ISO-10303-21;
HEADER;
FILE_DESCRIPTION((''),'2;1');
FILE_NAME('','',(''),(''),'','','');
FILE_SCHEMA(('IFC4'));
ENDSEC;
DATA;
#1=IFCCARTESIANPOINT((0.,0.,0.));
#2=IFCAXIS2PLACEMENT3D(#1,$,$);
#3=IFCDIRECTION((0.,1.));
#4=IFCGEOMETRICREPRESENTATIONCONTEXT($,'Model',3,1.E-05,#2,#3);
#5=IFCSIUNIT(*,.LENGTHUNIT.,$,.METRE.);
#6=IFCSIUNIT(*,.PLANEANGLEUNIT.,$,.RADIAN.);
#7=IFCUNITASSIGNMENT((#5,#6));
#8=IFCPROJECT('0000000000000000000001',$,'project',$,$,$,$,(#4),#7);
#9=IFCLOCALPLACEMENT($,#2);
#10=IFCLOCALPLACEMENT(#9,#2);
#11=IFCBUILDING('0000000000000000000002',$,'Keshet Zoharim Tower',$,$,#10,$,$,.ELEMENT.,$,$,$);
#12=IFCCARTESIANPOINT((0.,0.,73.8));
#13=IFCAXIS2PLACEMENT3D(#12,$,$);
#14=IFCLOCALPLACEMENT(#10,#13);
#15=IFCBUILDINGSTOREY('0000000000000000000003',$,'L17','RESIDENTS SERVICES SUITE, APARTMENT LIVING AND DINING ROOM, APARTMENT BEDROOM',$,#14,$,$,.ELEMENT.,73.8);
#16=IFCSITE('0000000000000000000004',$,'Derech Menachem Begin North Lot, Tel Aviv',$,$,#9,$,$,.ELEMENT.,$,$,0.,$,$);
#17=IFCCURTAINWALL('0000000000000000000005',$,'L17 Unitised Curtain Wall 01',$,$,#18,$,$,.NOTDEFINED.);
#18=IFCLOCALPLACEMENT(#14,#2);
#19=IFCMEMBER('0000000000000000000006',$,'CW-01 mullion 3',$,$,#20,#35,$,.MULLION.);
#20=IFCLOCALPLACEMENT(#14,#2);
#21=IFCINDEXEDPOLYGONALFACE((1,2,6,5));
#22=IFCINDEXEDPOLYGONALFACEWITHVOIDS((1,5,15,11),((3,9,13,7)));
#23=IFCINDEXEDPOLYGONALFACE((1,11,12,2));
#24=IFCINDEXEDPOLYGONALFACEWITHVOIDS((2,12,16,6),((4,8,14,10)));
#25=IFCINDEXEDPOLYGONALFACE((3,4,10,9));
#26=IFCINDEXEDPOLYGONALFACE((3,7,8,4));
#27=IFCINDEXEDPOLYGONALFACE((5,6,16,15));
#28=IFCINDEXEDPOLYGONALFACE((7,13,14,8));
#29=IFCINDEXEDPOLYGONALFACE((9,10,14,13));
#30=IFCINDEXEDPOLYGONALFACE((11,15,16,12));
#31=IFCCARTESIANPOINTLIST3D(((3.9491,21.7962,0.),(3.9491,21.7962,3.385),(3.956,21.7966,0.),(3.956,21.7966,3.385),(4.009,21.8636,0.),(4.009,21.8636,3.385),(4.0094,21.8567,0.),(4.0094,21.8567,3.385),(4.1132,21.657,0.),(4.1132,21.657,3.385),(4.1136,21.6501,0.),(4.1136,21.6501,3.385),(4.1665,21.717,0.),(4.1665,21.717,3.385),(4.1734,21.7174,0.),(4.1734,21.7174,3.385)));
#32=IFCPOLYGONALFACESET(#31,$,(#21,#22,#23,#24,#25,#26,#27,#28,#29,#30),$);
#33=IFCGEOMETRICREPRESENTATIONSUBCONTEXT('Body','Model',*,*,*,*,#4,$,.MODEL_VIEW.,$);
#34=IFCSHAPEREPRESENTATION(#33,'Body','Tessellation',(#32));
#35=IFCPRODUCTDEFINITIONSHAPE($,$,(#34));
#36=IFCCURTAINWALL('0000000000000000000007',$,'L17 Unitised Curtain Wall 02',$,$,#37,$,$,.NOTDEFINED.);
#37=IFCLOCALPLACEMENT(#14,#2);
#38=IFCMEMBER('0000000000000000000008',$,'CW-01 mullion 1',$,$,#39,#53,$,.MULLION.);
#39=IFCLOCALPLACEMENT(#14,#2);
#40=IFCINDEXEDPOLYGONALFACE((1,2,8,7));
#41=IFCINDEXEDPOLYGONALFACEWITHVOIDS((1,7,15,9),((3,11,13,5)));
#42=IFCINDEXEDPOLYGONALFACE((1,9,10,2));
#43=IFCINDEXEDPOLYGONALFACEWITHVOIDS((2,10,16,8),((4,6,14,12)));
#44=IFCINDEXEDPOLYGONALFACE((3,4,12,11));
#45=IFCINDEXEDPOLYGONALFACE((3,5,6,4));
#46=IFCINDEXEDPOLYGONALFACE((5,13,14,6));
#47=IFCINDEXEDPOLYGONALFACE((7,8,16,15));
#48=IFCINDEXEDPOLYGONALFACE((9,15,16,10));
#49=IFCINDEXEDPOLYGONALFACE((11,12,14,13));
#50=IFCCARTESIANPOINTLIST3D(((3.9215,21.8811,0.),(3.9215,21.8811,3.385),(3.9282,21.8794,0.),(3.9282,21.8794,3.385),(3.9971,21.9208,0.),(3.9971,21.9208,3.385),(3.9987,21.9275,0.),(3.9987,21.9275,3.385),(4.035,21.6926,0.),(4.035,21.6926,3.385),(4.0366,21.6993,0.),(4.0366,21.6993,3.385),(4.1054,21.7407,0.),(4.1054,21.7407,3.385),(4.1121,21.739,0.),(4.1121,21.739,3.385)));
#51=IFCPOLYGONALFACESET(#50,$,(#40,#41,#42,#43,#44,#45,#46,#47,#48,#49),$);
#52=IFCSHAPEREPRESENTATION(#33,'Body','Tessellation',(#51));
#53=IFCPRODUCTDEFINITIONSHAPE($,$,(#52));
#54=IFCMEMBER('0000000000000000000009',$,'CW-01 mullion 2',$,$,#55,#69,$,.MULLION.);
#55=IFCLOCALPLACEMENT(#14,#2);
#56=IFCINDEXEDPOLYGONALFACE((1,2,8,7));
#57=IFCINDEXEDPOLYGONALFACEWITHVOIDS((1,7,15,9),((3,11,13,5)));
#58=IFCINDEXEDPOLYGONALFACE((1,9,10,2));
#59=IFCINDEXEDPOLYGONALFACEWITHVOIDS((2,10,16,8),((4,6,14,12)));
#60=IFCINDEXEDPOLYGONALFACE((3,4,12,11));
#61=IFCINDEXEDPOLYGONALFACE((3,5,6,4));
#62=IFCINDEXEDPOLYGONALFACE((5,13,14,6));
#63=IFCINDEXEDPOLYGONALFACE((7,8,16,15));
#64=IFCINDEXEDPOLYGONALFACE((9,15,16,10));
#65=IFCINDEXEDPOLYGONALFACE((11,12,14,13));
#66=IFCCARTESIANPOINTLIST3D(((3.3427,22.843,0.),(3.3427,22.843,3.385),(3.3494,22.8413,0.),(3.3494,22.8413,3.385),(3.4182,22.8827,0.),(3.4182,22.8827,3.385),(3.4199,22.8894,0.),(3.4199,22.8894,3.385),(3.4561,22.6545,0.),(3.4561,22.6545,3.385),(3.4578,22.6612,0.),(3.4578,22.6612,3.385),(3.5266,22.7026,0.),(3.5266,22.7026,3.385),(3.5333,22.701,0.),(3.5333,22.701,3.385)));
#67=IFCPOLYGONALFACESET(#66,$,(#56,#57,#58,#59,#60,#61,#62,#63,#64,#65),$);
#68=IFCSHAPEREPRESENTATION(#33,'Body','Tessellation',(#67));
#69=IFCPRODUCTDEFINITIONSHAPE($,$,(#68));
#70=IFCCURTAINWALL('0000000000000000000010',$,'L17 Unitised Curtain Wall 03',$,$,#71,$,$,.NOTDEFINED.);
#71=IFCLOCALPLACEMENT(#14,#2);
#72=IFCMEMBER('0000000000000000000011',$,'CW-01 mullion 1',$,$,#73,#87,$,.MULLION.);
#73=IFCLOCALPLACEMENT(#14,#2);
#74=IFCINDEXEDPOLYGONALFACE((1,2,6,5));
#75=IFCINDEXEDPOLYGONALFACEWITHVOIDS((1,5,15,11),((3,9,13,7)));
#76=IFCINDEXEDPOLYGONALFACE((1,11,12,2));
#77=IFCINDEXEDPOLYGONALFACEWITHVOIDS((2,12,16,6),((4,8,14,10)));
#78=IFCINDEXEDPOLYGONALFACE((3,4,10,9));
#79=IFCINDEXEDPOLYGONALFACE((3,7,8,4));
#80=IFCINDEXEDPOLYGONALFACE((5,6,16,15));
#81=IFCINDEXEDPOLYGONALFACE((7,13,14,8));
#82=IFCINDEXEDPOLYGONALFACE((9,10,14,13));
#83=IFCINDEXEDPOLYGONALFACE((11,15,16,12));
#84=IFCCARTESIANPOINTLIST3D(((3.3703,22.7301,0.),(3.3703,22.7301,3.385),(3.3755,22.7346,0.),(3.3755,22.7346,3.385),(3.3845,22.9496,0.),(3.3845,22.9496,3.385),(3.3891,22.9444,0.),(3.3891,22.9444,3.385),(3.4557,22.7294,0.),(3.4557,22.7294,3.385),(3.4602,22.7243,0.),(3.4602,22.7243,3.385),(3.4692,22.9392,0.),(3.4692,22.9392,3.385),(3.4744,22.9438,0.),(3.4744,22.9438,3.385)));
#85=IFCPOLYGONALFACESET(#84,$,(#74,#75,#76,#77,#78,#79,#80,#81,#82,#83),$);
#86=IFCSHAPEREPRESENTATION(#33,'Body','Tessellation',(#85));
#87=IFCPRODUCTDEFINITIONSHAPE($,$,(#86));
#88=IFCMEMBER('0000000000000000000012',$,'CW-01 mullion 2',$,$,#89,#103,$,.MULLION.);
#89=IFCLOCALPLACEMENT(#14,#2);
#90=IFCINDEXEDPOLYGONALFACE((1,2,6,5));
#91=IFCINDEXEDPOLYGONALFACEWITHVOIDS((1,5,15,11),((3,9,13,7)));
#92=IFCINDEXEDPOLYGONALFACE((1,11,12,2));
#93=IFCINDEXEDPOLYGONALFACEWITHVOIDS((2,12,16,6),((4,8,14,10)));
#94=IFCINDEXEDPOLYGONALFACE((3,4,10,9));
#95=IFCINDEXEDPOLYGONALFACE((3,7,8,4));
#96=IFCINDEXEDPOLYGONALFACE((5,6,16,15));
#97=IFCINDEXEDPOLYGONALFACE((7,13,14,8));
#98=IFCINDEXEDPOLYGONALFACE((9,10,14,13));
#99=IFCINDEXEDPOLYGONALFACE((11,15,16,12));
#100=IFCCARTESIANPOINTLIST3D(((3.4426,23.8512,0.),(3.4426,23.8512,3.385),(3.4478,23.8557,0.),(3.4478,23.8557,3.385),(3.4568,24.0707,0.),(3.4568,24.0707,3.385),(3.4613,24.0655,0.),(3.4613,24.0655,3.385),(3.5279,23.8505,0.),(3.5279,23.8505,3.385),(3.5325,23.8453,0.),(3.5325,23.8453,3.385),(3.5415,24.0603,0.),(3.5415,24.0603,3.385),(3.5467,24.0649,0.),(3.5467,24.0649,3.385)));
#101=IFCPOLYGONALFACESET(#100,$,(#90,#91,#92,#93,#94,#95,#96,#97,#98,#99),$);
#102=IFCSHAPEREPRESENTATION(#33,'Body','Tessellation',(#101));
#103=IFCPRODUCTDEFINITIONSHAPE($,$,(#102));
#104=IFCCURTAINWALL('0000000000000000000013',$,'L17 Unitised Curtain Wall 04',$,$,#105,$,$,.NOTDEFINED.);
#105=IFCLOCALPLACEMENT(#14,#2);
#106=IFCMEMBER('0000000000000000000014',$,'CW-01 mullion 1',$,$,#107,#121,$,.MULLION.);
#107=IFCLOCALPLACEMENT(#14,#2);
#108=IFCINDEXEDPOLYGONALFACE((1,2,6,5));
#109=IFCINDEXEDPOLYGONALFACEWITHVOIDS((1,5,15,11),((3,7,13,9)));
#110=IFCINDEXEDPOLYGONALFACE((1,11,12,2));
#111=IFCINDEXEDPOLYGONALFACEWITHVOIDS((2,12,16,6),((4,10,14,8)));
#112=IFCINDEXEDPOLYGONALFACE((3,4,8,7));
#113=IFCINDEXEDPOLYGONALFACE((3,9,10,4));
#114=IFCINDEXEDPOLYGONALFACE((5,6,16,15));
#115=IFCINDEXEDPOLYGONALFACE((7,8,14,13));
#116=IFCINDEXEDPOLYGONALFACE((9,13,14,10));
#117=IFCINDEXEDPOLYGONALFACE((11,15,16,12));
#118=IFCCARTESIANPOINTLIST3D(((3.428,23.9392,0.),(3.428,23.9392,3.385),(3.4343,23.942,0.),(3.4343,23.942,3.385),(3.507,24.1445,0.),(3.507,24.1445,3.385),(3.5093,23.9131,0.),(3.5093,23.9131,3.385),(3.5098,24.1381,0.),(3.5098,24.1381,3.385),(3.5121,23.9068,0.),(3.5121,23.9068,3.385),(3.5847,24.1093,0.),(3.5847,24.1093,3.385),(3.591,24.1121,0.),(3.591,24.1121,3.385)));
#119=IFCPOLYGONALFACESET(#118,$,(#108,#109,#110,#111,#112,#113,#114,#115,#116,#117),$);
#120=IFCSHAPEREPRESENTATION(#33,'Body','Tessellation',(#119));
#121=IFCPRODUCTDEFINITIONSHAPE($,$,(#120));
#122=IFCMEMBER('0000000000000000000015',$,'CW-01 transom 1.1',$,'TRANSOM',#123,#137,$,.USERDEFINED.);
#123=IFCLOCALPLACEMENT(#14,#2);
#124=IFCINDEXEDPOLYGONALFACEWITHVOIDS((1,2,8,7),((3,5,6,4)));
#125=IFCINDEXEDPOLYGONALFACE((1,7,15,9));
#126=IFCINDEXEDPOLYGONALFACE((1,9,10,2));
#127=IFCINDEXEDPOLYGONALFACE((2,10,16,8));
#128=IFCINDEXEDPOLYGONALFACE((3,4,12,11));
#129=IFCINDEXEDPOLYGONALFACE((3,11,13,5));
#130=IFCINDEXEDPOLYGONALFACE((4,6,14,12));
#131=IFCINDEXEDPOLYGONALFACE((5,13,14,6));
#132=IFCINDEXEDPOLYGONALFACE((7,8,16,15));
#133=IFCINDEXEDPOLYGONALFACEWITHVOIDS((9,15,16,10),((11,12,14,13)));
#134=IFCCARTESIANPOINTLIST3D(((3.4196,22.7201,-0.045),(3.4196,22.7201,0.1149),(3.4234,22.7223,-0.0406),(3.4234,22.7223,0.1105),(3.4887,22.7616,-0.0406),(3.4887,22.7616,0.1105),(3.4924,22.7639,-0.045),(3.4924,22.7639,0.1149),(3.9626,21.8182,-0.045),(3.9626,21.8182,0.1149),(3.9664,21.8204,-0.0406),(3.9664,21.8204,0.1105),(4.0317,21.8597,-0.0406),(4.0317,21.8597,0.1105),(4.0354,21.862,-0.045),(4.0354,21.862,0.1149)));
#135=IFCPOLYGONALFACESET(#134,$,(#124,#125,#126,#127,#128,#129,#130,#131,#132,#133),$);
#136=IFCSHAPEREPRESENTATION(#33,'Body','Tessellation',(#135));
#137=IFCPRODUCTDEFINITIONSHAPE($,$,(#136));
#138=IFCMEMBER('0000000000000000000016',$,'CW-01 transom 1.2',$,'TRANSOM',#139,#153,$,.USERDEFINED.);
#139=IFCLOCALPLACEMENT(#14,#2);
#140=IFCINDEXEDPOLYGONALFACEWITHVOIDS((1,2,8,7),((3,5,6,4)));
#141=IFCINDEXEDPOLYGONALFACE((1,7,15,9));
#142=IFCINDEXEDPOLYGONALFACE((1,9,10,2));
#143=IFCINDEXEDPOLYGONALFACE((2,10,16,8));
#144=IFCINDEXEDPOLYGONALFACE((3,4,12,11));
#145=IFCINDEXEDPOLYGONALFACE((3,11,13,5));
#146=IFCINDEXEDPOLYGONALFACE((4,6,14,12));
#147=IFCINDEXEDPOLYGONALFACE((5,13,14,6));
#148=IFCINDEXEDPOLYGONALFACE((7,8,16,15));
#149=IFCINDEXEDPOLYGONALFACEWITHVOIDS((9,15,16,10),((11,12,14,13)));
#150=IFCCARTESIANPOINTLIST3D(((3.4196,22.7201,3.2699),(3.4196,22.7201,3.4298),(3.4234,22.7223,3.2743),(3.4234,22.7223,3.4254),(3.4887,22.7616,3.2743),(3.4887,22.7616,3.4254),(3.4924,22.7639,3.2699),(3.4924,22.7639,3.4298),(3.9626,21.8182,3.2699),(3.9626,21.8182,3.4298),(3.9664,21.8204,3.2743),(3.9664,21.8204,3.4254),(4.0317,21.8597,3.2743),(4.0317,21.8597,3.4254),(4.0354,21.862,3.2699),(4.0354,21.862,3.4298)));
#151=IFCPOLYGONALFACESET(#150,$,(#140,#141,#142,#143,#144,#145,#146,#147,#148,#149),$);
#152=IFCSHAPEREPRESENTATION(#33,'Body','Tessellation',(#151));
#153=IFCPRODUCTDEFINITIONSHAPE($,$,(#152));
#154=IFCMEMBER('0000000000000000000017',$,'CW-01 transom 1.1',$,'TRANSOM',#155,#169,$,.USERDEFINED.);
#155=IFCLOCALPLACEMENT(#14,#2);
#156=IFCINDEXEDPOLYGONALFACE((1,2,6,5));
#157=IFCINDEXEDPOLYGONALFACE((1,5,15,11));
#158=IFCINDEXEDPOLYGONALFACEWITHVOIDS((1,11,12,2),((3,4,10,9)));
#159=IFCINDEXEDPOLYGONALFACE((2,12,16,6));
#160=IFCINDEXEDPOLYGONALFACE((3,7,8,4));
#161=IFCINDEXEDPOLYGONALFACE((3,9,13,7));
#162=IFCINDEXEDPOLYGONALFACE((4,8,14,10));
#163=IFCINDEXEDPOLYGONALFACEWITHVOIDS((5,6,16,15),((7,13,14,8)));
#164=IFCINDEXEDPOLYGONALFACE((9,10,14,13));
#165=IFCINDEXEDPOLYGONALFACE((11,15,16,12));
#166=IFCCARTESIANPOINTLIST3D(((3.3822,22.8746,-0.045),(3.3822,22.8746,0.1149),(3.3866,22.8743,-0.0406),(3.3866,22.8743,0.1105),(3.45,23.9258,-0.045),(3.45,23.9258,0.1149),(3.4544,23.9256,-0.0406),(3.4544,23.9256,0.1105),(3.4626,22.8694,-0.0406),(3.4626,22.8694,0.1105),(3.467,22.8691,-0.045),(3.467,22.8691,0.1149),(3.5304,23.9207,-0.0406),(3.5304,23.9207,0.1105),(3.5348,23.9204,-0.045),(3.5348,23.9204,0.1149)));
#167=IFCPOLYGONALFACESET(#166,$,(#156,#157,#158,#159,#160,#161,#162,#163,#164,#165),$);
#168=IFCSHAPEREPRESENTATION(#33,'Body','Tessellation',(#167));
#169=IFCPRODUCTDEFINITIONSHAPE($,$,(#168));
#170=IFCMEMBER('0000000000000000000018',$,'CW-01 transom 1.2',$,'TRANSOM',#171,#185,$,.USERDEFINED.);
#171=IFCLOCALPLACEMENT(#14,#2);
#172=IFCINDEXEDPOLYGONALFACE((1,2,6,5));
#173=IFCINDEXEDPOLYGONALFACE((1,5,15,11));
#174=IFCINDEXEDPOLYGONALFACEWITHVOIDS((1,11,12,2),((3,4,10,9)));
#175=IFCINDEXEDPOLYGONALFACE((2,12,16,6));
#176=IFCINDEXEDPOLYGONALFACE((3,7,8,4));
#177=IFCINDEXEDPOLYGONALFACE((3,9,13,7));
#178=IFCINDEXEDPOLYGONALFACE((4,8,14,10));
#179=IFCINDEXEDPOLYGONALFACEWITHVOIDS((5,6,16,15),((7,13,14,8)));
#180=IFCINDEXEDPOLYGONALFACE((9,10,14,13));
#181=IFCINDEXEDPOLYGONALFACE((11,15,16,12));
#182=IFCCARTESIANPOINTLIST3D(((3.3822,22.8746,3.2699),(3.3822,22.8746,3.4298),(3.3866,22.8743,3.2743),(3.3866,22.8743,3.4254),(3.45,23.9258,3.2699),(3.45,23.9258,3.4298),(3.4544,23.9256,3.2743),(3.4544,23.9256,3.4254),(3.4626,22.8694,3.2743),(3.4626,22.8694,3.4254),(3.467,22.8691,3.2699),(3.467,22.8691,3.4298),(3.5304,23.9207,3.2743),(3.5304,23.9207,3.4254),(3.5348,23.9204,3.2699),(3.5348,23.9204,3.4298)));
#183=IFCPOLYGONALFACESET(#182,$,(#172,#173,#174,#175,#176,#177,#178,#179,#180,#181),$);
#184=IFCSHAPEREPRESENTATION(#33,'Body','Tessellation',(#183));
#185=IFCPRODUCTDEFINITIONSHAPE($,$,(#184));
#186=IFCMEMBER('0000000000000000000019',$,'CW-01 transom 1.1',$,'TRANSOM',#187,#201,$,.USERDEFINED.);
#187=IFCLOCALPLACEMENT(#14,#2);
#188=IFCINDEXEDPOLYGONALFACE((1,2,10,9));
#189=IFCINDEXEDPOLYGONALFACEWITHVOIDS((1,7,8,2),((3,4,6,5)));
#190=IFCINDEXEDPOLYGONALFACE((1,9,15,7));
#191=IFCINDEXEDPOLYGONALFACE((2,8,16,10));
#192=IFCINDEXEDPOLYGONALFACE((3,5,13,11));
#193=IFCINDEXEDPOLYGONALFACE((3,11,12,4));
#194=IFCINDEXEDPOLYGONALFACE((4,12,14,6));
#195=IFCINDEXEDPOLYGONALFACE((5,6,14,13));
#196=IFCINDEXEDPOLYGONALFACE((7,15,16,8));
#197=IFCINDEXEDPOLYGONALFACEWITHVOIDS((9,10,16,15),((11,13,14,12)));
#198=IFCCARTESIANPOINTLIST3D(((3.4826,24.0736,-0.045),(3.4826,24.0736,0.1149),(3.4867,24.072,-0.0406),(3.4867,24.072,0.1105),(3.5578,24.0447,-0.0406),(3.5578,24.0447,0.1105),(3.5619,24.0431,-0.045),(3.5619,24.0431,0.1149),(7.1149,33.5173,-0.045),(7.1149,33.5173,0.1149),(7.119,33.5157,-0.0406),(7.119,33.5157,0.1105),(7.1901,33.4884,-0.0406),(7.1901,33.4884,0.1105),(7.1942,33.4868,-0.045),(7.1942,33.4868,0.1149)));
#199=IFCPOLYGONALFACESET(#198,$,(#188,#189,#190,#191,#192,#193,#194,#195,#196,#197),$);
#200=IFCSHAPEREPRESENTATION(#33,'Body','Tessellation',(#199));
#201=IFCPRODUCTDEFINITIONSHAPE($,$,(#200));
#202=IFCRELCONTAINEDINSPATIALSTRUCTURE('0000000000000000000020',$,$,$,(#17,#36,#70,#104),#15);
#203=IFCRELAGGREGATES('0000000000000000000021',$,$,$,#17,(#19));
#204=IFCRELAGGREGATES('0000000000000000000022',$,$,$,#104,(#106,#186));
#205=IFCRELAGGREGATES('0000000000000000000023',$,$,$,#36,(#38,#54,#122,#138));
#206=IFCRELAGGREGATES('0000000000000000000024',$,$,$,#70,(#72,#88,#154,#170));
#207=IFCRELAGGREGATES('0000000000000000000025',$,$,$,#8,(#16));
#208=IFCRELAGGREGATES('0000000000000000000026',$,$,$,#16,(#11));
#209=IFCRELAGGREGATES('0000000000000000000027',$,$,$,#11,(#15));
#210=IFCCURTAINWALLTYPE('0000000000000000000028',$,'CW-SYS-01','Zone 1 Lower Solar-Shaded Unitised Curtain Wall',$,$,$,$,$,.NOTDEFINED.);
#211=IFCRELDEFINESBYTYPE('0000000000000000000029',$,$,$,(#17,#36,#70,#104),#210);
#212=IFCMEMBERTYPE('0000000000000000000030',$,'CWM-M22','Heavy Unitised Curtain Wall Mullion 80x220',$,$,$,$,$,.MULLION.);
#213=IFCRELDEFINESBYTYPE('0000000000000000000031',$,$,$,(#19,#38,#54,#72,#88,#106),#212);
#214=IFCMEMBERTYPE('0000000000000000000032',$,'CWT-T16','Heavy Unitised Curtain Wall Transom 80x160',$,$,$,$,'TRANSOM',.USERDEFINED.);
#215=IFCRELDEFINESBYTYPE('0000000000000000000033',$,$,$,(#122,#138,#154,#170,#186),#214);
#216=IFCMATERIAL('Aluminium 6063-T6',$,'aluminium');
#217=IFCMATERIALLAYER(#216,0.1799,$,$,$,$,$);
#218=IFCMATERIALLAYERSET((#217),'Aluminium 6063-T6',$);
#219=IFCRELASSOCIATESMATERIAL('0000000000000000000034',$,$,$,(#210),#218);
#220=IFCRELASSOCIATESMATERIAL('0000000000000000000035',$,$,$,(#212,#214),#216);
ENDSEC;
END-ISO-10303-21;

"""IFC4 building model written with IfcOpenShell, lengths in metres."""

from ifc_helpers import new_model, si_unit, direction, frame, origin, origin_2d, place, context, subcontext, project, spatial, hollow_rectangle, extrude, material, layer, layer_set, material_profile, profile_set, type_object, element, aggregate, save


model = new_model("IFC4")

# Units and contexts
model_context = context("Model", 3, precision=1e-05, world=origin(), true_north=direction((0.0, 1.0)))
body_context = subcontext(model_context, "Body", "Model", "MODEL_VIEW")
ifc_project = project(units=[si_unit("LENGTHUNIT", "METRE"), si_unit("PLANEANGLEUNIT", "RADIAN")], contexts=[model_context])

# Site, building, storey
site_placement = place(None, origin())
site = spatial("IfcSite", under=ifc_project, at=site_placement, Name="Derech Menachem Begin North Lot, Tel Aviv", CompositionType="ELEMENT", RefElevation=0.0)
building_placement = place(site_placement, origin())
building = spatial("IfcBuilding", under=site, at=building_placement, Name="Keshet Zoharim Tower", CompositionType="ELEMENT")
storey_placement = place(building_placement, frame((0.0, 0.0, 73.8)))
storey = spatial("IfcBuildingStorey", under=building, at=storey_placement, Name="L17", Description="RESIDENTS SERVICES SUITE, APARTMENT LIVING AND DINING ROOM, APARTMENT BEDROOM", CompositionType="ELEMENT", Elevation=73.8)

# Curtain wall, member
ifc_material_1 = material(Name="Aluminium 6063-T6", Category="aluminium")
ifc_layer_1 = layer(ifc_material_1, 0.1799)
ifc_layer_set_1 = layer_set([ifc_layer_1], Name="Aluminium 6063-T6")
curtain_wall_type = type_object("IfcCurtainWallType", Name="CW-SYS-01", Description="Zone 1 Lower Solar-Shaded Unitised Curtain Wall", PredefinedType="NOTDEFINED", material=ifc_layer_set_1)
curtain_wall_1_placement = place(storey_placement, origin())
curtain_wall_1 = element("IfcCurtainWall", 1, at=curtain_wall_1_placement, inside=storey, type_object=curtain_wall_type, Name="L17 Unitised Curtain Wall 01", PredefinedType="NOTDEFINED")
ifc_material_profile_1 = material_profile(ifc_material_1, hollow_rectangle(XDim=0.0901, YDim=0.22, WallThickness=0.0049, at=origin_2d()), Name="MUL-90x220")
ifc_profile_set_1 = profile_set([ifc_material_profile_1], Name="Aluminium 6063-T6")
member_type_1 = type_object("IfcMemberType", Name="CWM-M22", Description="Heavy Unitised Curtain Wall Mullion 80x220", PredefinedType="MULLION", material=ifc_profile_set_1)
member_1_placement = place(storey_placement, frame((4.0613, 21.7568, 0.0), z_axis=(0.0, 0.0, 1.0), x_axis=(-0.664364, -0.747409, 0.0)))
member_1 = element("IfcMember", 2, at=member_1_placement, type_object=member_type_1, Name="CW-01 mullion 3", PredefinedType="MULLION", context=body_context, shape_type="SweptSolid", body=[
    extrude(hollow_rectangle(XDim=0.0901, YDim=0.22, WallThickness=0.0049, at=origin_2d()), origin(), (0.0, 0.0, 1.0), 3.385),
])
aggregate(curtain_wall_1, [member_1])

# Curtain walls, members
curtain_wall_2_placement = place(storey_placement, origin())
curtain_wall_2 = element("IfcCurtainWall", 3, at=curtain_wall_2_placement, inside=storey, type_object=curtain_wall_type, Name="L17 Unitised Curtain Wall 02", PredefinedType="NOTDEFINED")
member_2_placement = place(storey_placement, frame((4.0168, 21.8101, 0.0), z_axis=(0.0, 0.0, 1.0), x_axis=(-0.856826, -0.515605, 0.0)))
member_2 = element("IfcMember", 4, at=member_2_placement, type_object=member_type_1, Name="CW-01 mullion 1", PredefinedType="MULLION", context=body_context, shape_type="SweptSolid", body=[
    extrude(hollow_rectangle(XDim=0.0901, YDim=0.22, WallThickness=0.0049, at=origin_2d()), origin(), (0.0, 0.0, 1.0), 3.385),
])
member_3_placement = place(storey_placement, frame((3.438, 22.772, 0.0), z_axis=(0.0, 0.0, 1.0), x_axis=(-0.856826, -0.515605, 0.0)))
member_3 = element("IfcMember", 5, at=member_3_placement, type_object=member_type_1, Name="CW-01 mullion 2", PredefinedType="MULLION", context=body_context, shape_type="SweptSolid", body=[
    extrude(hollow_rectangle(XDim=0.0901, YDim=0.22, WallThickness=0.0049, at=origin_2d()), origin(), (0.0, 0.0, 1.0), 3.385),
])
curtain_wall_3_placement = place(storey_placement, origin())
curtain_wall_3 = element("IfcCurtainWall", 6, at=curtain_wall_3_placement, inside=storey, type_object=curtain_wall_type, Name="L17 Unitised Curtain Wall 03", PredefinedType="NOTDEFINED")
member_4_placement = place(storey_placement, frame((3.4224, 22.8369, 0.0), z_axis=(0.0, 0.0, 1.0), x_axis=(-0.997917, 0.064517, 0.0)))
member_4 = element("IfcMember", 7, at=member_4_placement, type_object=member_type_1, Name="CW-01 mullion 1", PredefinedType="MULLION", context=body_context, shape_type="SweptSolid", body=[
    extrude(hollow_rectangle(XDim=0.0901, YDim=0.22, WallThickness=0.0049, at=origin_2d()), origin(), (0.0, 0.0, 1.0), 3.385),
])
member_5_placement = place(storey_placement, frame((3.4946, 23.958, 0.0), z_axis=(0.0, 0.0, 1.0), x_axis=(-0.997917, 0.064517, 0.0)))
member_5 = element("IfcMember", 8, at=member_5_placement, type_object=member_type_1, Name="CW-01 mullion 2", PredefinedType="MULLION", context=body_context, shape_type="SweptSolid", body=[
    extrude(hollow_rectangle(XDim=0.0901, YDim=0.22, WallThickness=0.0049, at=origin_2d()), origin(), (0.0, 0.0, 1.0), 3.385),
])

# Curtain wall, member
curtain_wall_4_placement = place(storey_placement, origin())
curtain_wall_4 = element("IfcCurtainWall", 9, at=curtain_wall_4_placement, inside=storey, type_object=curtain_wall_type, Name="L17 Unitised Curtain Wall 04", PredefinedType="NOTDEFINED")
member_6_placement = place(storey_placement, frame((3.5095, 24.0256, 0.0), z_axis=(0.0, 0.0, 1.0), x_axis=(-0.933341, 0.35899, 0.0)))
member_6 = element("IfcMember", 10, at=member_6_placement, type_object=member_type_1, Name="CW-01 mullion 1", PredefinedType="MULLION", context=body_context, shape_type="SweptSolid", body=[
    extrude(hollow_rectangle(XDim=0.0901, YDim=0.22, WallThickness=0.0049, at=origin_2d()), origin(), (0.0, 0.0, 1.0), 3.385),
])

# Members
ifc_material_profile_2 = material_profile(ifc_material_1, hollow_rectangle(XDim=0.085, YDim=0.1599, WallThickness=0.0044, at=origin_2d()), Name="TRN-85x160")
ifc_profile_set_2 = profile_set([ifc_material_profile_2], Name="Aluminium 6063-T6")
member_type_2 = type_object("IfcMemberType", Name="CWT-T16", Description="Heavy Unitised Curtain Wall Transom 80x160", ElementType="TRANSOM", PredefinedType="USERDEFINED", material=ifc_profile_set_2)
member_7_placement = place(storey_placement, frame((3.999, 21.8401, 0.0349), z_axis=(-0.515791, 0.856714, 0.0), x_axis=(-0.856714, -0.515791, 0.0)))
member_7 = element("IfcMember", 11, at=member_7_placement, type_object=member_type_2, Name="CW-01 transom 1.1", ObjectType="TRANSOM", PredefinedType="USERDEFINED", context=body_context, shape_type="SweptSolid", body=[
    extrude(hollow_rectangle(XDim=0.085, YDim=0.1599, WallThickness=0.0044, at=origin_2d()), origin(), (0.0, 0.0, 1.0), 1.0527),
])
member_8_placement = place(storey_placement, frame((3.999, 21.8401, 3.3499), z_axis=(-0.515791, 0.856714, 0.0), x_axis=(-0.856714, -0.515791, 0.0)))
member_8 = element("IfcMember", 12, at=member_8_placement, type_object=member_type_2, Name="CW-01 transom 1.2", ObjectType="TRANSOM", PredefinedType="USERDEFINED", context=body_context, shape_type="SweptSolid", body=[
    extrude(hollow_rectangle(XDim=0.085, YDim=0.1599, WallThickness=0.0044, at=origin_2d()), origin(), (0.0, 0.0, 1.0), 1.0527),
])
member_9_placement = place(storey_placement, frame((3.4246, 22.8718, 0.0349), z_axis=(0.064427, 0.997922, 0.0), x_axis=(-0.997922, 0.064427, 0.0)))
member_9 = element("IfcMember", 13, at=member_9_placement, type_object=member_type_2, Name="CW-01 transom 1.1", ObjectType="TRANSOM", PredefinedType="USERDEFINED", context=body_context, shape_type="SweptSolid", body=[
    extrude(hollow_rectangle(XDim=0.085, YDim=0.1599, WallThickness=0.0044, at=origin_2d()), origin(), (0.0, 0.0, 1.0), 1.0535),
])
member_10_placement = place(storey_placement, frame((3.4246, 22.8718, 3.3499), z_axis=(0.064427, 0.997922, 0.0), x_axis=(-0.997922, 0.064427, 0.0)))
member_10 = element("IfcMember", 14, at=member_10_placement, type_object=member_type_2, Name="CW-01 transom 1.2", ObjectType="TRANSOM", PredefinedType="USERDEFINED", context=body_context, shape_type="SweptSolid", body=[
    extrude(hollow_rectangle(XDim=0.085, YDim=0.1599, WallThickness=0.0044, at=origin_2d()), origin(), (0.0, 0.0, 1.0), 1.0535),
])
member_11_placement = place(storey_placement, frame((3.5222, 24.0583, 0.0349), z_axis=(0.358994, 0.93334, 0.0), x_axis=(-0.93334, 0.358994, 0.0)))
member_11 = element("IfcMember", 15, at=member_11_placement, type_object=member_type_2, Name="CW-01 transom 1.1", ObjectType="TRANSOM", PredefinedType="USERDEFINED", context=body_context, shape_type="SweptSolid", body=[
    extrude(hollow_rectangle(XDim=0.085, YDim=0.1599, WallThickness=0.0044, at=origin_2d()), origin(), (0.0, 0.0, 1.0), 10.1182),
])
aggregate(curtain_wall_4, [member_6, member_11])

aggregate(curtain_wall_2, [member_2, member_3, member_7, member_8])
aggregate(curtain_wall_3, [member_4, member_5, member_9, member_10])

save(model, "model.ifc")
